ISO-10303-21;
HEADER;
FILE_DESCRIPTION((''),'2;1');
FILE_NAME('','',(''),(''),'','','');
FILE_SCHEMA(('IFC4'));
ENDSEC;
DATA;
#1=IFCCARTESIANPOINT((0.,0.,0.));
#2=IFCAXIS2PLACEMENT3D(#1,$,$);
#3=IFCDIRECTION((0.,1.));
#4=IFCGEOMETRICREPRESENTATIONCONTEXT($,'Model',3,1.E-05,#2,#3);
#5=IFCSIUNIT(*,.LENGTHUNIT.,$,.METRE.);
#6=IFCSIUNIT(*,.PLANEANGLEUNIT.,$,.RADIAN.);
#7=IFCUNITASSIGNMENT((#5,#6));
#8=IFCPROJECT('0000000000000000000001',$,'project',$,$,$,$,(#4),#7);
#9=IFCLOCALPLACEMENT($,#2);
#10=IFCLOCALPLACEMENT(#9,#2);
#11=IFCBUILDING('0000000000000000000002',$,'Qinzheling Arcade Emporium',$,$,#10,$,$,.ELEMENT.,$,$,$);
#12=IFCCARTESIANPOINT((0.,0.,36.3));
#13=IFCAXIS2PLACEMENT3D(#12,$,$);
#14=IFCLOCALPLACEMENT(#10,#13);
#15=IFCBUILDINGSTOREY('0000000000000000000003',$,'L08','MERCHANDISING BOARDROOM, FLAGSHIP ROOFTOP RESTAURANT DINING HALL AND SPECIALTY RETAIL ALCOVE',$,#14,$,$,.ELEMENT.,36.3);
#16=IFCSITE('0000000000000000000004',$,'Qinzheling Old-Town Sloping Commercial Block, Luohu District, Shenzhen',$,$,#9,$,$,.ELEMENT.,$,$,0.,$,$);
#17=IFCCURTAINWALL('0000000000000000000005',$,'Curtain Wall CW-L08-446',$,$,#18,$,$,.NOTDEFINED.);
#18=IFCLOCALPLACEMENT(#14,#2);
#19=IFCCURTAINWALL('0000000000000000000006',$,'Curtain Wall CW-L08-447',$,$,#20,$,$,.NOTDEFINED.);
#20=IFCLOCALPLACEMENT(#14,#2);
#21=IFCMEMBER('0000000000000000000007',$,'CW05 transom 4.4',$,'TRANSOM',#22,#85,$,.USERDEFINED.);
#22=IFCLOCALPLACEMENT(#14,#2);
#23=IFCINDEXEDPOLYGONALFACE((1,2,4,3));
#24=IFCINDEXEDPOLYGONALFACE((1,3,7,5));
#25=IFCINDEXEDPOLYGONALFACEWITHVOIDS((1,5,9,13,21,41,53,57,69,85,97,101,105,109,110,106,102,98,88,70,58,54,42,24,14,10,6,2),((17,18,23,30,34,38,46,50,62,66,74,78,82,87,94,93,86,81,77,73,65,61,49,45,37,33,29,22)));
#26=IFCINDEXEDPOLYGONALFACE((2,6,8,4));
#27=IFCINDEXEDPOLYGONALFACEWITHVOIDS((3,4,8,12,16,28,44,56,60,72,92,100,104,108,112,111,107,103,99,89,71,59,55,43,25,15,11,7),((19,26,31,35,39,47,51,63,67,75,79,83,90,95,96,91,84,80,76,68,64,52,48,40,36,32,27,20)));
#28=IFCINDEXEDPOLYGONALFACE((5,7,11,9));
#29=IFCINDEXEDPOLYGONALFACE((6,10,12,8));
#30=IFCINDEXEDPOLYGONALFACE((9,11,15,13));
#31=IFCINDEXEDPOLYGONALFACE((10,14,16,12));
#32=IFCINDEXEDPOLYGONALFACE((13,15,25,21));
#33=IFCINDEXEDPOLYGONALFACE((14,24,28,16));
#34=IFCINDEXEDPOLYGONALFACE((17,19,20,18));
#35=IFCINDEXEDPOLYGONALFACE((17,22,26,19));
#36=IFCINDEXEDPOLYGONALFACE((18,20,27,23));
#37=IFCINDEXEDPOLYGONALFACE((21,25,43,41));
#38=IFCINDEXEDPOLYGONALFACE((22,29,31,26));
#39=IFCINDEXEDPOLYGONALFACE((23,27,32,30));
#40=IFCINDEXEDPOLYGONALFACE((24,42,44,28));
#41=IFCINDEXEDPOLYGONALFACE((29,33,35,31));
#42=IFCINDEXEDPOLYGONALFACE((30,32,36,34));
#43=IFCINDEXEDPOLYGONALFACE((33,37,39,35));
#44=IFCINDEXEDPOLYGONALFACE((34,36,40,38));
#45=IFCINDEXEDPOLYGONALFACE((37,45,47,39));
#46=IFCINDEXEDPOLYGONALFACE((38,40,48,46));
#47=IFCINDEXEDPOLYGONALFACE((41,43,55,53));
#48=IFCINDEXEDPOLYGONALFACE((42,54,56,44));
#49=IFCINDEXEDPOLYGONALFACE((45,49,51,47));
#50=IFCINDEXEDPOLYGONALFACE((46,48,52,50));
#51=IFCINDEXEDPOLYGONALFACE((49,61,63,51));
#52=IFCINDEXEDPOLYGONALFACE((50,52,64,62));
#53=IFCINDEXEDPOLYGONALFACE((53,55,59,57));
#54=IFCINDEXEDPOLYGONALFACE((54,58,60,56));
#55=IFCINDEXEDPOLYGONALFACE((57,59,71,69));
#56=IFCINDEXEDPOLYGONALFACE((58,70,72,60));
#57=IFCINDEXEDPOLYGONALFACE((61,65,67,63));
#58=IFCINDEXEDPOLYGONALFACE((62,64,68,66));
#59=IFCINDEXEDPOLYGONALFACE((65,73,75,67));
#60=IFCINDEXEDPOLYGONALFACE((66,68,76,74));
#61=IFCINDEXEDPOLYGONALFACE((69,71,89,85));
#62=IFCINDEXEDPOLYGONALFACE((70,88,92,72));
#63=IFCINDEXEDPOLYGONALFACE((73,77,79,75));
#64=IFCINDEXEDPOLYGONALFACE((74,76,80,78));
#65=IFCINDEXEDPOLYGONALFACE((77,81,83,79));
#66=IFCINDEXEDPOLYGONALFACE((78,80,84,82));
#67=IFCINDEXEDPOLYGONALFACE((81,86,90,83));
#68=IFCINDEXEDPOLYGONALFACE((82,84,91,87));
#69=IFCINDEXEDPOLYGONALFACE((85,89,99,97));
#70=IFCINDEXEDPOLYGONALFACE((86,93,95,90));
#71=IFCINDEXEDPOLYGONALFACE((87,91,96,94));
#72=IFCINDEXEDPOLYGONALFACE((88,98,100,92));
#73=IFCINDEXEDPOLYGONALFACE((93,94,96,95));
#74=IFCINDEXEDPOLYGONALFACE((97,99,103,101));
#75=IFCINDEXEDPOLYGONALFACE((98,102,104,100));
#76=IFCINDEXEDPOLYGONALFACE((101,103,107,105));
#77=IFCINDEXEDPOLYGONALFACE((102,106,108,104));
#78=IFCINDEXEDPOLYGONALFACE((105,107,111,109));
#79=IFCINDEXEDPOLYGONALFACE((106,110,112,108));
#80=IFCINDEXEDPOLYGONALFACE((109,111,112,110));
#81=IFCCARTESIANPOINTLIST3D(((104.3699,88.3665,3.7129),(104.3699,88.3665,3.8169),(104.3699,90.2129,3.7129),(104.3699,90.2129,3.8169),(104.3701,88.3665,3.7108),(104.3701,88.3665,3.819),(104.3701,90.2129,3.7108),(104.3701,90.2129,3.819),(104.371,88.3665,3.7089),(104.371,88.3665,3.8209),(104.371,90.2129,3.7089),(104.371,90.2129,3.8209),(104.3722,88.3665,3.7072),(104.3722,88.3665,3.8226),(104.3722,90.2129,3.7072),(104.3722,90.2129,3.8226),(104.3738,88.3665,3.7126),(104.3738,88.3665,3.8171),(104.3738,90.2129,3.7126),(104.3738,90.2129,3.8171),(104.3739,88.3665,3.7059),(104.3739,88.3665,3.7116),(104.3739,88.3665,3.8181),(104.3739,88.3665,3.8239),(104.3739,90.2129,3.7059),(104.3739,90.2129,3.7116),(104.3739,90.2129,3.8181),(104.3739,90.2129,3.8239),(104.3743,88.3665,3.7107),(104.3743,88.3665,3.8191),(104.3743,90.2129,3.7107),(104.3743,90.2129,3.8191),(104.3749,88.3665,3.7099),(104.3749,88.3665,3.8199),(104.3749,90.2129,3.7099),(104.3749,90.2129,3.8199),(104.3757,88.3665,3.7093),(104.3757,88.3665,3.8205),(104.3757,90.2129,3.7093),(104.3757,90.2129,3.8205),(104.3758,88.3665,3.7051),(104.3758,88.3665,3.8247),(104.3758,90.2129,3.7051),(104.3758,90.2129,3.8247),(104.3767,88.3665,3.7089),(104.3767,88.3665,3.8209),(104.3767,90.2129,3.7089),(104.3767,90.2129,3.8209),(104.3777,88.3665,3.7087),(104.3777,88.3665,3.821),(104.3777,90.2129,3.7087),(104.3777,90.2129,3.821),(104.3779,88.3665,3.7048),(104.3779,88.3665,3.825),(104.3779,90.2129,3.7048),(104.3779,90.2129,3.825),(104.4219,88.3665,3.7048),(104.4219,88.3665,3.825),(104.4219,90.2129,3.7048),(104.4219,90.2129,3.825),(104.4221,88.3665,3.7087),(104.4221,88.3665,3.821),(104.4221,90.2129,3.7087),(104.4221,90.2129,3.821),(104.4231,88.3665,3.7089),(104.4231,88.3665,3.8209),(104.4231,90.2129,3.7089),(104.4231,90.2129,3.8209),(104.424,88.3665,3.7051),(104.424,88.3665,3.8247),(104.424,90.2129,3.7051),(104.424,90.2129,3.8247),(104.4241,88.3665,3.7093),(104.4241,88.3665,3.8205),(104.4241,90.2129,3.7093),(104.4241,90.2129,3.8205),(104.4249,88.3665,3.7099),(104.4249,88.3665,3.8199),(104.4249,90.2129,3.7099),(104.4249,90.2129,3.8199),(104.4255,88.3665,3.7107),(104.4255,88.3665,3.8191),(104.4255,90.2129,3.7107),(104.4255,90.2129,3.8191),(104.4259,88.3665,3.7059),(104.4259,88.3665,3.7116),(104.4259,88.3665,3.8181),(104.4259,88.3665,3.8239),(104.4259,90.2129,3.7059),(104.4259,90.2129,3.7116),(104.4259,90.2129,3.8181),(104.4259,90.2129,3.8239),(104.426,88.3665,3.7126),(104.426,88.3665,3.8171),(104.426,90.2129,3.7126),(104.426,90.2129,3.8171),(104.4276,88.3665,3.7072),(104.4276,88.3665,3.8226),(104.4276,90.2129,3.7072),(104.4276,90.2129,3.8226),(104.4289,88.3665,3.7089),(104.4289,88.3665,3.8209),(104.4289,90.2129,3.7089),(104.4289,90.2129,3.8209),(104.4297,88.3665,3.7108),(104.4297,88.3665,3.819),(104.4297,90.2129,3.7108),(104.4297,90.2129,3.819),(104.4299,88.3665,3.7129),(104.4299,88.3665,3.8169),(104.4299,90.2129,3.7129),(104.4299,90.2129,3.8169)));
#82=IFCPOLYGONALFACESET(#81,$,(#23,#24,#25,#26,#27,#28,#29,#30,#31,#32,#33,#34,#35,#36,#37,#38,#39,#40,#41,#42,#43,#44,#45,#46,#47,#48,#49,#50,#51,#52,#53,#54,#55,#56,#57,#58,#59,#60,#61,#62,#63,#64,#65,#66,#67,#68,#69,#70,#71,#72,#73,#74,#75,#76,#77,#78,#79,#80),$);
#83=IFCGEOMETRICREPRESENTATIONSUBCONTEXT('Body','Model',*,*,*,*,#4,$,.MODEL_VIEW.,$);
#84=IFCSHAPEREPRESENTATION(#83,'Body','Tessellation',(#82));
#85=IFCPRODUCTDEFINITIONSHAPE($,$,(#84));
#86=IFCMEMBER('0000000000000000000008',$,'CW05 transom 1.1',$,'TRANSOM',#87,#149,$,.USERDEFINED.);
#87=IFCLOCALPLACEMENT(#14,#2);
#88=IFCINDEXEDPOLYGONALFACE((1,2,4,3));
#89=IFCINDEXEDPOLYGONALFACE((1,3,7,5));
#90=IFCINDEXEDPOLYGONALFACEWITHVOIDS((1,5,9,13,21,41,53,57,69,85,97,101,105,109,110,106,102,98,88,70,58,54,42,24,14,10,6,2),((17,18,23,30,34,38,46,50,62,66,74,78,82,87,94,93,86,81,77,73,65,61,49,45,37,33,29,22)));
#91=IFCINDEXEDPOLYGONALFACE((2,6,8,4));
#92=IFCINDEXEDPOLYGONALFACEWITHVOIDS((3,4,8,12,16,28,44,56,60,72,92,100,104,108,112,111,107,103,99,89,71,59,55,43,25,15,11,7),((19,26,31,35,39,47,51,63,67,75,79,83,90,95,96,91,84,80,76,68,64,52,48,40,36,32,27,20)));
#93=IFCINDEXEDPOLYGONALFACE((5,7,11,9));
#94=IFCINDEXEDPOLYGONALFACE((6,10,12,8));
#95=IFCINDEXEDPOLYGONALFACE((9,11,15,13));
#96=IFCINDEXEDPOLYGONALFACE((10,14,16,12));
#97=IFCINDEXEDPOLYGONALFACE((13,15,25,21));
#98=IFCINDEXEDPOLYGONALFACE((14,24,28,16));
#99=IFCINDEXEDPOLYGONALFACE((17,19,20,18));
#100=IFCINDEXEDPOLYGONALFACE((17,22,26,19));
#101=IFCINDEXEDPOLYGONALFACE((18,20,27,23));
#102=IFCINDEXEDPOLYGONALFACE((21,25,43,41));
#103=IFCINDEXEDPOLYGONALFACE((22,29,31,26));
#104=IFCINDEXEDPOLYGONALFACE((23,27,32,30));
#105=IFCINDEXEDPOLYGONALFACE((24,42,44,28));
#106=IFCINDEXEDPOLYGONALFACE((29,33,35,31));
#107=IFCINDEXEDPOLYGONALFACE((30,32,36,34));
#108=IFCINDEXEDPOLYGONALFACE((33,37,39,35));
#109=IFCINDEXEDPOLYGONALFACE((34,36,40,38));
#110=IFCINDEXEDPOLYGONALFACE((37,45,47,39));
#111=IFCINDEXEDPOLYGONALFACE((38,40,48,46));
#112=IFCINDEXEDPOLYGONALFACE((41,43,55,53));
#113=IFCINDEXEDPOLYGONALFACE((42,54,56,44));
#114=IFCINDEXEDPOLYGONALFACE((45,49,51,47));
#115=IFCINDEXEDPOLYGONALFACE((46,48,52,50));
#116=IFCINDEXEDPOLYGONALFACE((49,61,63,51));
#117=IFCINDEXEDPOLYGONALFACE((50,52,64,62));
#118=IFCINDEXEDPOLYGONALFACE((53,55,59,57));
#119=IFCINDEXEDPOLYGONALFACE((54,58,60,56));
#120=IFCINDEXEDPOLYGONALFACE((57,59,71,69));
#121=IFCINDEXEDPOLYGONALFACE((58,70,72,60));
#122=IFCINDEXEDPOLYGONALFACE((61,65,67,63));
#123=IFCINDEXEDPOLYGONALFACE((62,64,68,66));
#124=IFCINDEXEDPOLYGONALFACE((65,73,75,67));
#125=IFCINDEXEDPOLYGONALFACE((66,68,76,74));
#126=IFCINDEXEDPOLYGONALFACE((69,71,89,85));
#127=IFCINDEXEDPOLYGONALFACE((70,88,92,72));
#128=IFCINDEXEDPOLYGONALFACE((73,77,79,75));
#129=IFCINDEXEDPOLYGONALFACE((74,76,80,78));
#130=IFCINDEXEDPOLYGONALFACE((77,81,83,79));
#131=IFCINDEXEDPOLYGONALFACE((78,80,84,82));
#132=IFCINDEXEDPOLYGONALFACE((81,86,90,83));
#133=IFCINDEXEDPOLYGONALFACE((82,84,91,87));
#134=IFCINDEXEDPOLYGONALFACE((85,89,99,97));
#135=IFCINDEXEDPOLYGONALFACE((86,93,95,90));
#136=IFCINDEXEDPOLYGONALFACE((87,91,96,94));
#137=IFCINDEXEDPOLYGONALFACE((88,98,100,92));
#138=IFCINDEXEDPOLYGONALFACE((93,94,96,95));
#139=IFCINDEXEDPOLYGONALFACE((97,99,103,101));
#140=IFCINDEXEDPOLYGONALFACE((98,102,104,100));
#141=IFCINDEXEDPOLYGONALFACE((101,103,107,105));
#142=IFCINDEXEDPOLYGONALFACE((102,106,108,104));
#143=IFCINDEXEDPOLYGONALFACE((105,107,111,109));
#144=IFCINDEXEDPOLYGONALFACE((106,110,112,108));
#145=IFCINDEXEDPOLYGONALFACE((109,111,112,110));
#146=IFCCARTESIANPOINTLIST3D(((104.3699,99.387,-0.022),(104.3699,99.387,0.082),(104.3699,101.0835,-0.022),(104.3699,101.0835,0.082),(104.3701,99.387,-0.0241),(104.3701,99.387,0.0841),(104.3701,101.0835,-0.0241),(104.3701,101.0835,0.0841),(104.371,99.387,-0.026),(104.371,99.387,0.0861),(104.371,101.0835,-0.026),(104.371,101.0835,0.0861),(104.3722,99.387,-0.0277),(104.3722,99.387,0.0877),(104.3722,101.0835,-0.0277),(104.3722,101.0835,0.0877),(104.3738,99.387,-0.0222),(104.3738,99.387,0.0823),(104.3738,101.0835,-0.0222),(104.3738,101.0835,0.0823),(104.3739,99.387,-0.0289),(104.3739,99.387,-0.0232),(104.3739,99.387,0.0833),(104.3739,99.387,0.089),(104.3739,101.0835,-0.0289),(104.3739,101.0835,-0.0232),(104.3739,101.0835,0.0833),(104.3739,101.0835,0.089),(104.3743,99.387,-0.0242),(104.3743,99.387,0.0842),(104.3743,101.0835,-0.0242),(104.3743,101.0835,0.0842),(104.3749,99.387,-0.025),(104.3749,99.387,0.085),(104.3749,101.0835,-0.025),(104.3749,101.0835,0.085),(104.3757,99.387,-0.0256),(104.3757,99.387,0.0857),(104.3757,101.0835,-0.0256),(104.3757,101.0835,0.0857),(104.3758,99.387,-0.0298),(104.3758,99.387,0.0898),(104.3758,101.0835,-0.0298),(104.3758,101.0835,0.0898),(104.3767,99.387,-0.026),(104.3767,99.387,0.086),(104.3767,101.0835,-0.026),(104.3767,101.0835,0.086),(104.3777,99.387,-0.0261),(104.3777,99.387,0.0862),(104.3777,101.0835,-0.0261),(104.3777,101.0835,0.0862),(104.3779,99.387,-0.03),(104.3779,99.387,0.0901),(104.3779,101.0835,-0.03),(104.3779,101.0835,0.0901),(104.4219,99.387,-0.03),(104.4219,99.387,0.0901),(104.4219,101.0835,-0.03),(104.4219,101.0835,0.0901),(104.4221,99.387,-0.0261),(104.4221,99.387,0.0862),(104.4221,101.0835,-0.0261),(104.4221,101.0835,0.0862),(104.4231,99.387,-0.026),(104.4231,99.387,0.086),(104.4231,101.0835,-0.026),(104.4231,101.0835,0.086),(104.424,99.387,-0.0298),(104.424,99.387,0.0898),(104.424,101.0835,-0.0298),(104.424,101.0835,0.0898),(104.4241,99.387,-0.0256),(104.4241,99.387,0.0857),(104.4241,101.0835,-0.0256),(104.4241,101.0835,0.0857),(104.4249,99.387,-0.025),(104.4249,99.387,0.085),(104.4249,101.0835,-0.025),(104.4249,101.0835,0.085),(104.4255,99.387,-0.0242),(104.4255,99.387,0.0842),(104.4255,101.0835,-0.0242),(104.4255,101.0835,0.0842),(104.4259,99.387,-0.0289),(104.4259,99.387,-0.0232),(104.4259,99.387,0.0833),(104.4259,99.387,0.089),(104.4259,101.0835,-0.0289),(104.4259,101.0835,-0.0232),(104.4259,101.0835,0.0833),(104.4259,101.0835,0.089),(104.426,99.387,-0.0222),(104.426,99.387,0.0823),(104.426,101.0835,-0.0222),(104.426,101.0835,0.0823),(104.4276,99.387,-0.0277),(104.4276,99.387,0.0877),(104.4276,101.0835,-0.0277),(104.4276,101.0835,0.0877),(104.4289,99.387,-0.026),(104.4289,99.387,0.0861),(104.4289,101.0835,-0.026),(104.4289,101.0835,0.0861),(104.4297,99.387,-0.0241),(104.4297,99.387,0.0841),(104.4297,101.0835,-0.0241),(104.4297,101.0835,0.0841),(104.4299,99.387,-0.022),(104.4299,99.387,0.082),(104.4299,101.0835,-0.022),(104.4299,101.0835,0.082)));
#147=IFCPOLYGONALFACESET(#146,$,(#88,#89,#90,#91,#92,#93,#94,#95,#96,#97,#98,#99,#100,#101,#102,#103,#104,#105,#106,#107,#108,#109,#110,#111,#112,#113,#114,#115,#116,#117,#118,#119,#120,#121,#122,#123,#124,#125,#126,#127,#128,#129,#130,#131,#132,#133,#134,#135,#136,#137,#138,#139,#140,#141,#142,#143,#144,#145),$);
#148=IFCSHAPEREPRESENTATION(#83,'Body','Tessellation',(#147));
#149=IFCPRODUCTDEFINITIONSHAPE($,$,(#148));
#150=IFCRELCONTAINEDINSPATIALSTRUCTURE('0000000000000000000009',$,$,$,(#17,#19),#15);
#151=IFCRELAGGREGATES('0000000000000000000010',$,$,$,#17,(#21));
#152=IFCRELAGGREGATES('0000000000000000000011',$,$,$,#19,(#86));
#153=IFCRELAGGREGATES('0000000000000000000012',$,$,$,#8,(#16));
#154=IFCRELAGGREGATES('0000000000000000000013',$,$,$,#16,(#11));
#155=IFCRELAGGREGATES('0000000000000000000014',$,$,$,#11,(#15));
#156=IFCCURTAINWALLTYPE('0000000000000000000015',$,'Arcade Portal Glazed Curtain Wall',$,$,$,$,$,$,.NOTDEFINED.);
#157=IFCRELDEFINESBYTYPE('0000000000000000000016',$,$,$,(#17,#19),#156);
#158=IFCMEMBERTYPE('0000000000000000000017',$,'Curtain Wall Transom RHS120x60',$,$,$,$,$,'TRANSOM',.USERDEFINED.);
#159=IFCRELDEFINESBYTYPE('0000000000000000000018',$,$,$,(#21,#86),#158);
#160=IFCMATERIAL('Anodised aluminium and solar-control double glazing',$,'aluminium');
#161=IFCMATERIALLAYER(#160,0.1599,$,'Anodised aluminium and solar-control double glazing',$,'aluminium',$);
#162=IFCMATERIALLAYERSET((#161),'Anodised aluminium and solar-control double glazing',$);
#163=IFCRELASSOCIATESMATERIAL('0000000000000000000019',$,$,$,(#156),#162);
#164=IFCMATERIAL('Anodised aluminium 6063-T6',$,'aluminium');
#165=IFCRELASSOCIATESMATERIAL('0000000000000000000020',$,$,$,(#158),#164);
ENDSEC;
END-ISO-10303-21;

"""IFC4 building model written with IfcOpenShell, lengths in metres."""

from ifc_helpers import new_model, si_unit, direction, frame, origin, origin_2d, place, context, subcontext, project, spatial, hollow_rectangle, extrude, material, layer, layer_set, material_profile, profile_set, type_object, element, aggregate, save


model = new_model("IFC4")

# Units and contexts
model_context = context("Model", 3, precision=1e-05, world=origin(), true_north=direction((0.0, 1.0)))
body_context = subcontext(model_context, "Body", "Model", "MODEL_VIEW")
ifc_project = project(units=[si_unit("LENGTHUNIT", "METRE"), si_unit("PLANEANGLEUNIT", "RADIAN")], contexts=[model_context])

# Site, building, storey
site_placement = place(None, origin())
site = spatial("IfcSite", under=ifc_project, at=site_placement, Name="Qinzheling Old-Town Sloping Commercial Block, Luohu District, Shenzhen", CompositionType="ELEMENT", RefElevation=0.0)
building_placement = place(site_placement, origin())
building = spatial("IfcBuilding", under=site, at=building_placement, Name="Qinzheling Arcade Emporium", CompositionType="ELEMENT")
storey_placement = place(building_placement, frame((0.0, 0.0, 36.3)))
storey = spatial("IfcBuildingStorey", under=building, at=storey_placement, Name="L08", Description="MERCHANDISING BOARDROOM, FLAGSHIP ROOFTOP RESTAURANT DINING HALL AND SPECIALTY RETAIL ALCOVE", CompositionType="ELEMENT", Elevation=36.3)

# Curtain wall
ifc_material_1 = material(Name="Anodised aluminium and solar-control double glazing", Category="aluminium")
ifc_layer_1 = layer(ifc_material_1, 0.1599, Name="Anodised aluminium and solar-control double glazing", Category="aluminium")
ifc_layer_set_1 = layer_set([ifc_layer_1], Name="Anodised aluminium and solar-control double glazing")
curtain_wall_type = type_object("IfcCurtainWallType", Name="Arcade Portal Glazed Curtain Wall", PredefinedType="NOTDEFINED", material=ifc_layer_set_1)
curtain_wall_1_placement = place(storey_placement, origin())
curtain_wall_1 = element("IfcCurtainWall", 1, at=curtain_wall_1_placement, inside=storey, type_object=curtain_wall_type, Name="Curtain Wall CW-L08-446", PredefinedType="NOTDEFINED")
ifc_material_2 = material(Name="Anodised aluminium 6063-T6", Category="aluminium")

# Curtain wall
curtain_wall_2_placement = place(storey_placement, origin())
curtain_wall_2 = element("IfcCurtainWall", 2, at=curtain_wall_2_placement, inside=storey, type_object=curtain_wall_type, Name="Curtain Wall CW-L08-447", PredefinedType="NOTDEFINED")

# Members
ifc_material_profile_1 = material_profile(ifc_material_2, hollow_rectangle(XDim=0.0601, YDim=0.1201, WallThickness=0.0039, InnerFilletRadius=0.0039, OuterFilletRadius=0.0081, at=origin_2d()), Name="RHS 120x60x4", Category="aluminium")
ifc_profile_set_1 = profile_set([ifc_material_profile_1], Name="Anodised aluminium 6063-T6")
member_type_1 = type_object("IfcMemberType", Name="Curtain Wall Transom RHS120x60", ElementType="TRANSOM", PredefinedType="USERDEFINED", material=ifc_profile_set_1)
member_1_placement = place(storey_placement, frame((104.3999, 88.3665, 3.7649), z_axis=(0.0, 1.0, 0.0), x_axis=(-1.0, 0.0, 0.0)))
member_1 = element("IfcMember", 3, at=member_1_placement, type_object=member_type_1, Name="CW05 transom 4.4", ObjectType="TRANSOM", PredefinedType="USERDEFINED", context=body_context, shape_type="SweptSolid", body=[
    extrude(hollow_rectangle(XDim=0.0601, YDim=0.1201, WallThickness=0.0039, InnerFilletRadius=0.0039, OuterFilletRadius=0.0081, at=origin_2d()), origin(), (0.0, 0.0, 1.0), 1.8464),
])
member_2_placement = place(storey_placement, frame((104.3999, 99.387, 0.03), z_axis=(0.0, 1.0, 0.0), x_axis=(-1.0, 0.0, 0.0)))
member_2 = element("IfcMember", 4, at=member_2_placement, type_object=member_type_1, Name="CW05 transom 1.1", ObjectType="TRANSOM", PredefinedType="USERDEFINED", context=body_context, shape_type="SweptSolid", body=[
    extrude(hollow_rectangle(XDim=0.0601, YDim=0.1201, WallThickness=0.0039, InnerFilletRadius=0.0039, OuterFilletRadius=0.0081, at=origin_2d()), origin(), (0.0, 0.0, 1.0), 1.6965),
])

aggregate(curtain_wall_1, [member_1])
aggregate(curtain_wall_2, [member_2])

save(model, "model.ifc")
